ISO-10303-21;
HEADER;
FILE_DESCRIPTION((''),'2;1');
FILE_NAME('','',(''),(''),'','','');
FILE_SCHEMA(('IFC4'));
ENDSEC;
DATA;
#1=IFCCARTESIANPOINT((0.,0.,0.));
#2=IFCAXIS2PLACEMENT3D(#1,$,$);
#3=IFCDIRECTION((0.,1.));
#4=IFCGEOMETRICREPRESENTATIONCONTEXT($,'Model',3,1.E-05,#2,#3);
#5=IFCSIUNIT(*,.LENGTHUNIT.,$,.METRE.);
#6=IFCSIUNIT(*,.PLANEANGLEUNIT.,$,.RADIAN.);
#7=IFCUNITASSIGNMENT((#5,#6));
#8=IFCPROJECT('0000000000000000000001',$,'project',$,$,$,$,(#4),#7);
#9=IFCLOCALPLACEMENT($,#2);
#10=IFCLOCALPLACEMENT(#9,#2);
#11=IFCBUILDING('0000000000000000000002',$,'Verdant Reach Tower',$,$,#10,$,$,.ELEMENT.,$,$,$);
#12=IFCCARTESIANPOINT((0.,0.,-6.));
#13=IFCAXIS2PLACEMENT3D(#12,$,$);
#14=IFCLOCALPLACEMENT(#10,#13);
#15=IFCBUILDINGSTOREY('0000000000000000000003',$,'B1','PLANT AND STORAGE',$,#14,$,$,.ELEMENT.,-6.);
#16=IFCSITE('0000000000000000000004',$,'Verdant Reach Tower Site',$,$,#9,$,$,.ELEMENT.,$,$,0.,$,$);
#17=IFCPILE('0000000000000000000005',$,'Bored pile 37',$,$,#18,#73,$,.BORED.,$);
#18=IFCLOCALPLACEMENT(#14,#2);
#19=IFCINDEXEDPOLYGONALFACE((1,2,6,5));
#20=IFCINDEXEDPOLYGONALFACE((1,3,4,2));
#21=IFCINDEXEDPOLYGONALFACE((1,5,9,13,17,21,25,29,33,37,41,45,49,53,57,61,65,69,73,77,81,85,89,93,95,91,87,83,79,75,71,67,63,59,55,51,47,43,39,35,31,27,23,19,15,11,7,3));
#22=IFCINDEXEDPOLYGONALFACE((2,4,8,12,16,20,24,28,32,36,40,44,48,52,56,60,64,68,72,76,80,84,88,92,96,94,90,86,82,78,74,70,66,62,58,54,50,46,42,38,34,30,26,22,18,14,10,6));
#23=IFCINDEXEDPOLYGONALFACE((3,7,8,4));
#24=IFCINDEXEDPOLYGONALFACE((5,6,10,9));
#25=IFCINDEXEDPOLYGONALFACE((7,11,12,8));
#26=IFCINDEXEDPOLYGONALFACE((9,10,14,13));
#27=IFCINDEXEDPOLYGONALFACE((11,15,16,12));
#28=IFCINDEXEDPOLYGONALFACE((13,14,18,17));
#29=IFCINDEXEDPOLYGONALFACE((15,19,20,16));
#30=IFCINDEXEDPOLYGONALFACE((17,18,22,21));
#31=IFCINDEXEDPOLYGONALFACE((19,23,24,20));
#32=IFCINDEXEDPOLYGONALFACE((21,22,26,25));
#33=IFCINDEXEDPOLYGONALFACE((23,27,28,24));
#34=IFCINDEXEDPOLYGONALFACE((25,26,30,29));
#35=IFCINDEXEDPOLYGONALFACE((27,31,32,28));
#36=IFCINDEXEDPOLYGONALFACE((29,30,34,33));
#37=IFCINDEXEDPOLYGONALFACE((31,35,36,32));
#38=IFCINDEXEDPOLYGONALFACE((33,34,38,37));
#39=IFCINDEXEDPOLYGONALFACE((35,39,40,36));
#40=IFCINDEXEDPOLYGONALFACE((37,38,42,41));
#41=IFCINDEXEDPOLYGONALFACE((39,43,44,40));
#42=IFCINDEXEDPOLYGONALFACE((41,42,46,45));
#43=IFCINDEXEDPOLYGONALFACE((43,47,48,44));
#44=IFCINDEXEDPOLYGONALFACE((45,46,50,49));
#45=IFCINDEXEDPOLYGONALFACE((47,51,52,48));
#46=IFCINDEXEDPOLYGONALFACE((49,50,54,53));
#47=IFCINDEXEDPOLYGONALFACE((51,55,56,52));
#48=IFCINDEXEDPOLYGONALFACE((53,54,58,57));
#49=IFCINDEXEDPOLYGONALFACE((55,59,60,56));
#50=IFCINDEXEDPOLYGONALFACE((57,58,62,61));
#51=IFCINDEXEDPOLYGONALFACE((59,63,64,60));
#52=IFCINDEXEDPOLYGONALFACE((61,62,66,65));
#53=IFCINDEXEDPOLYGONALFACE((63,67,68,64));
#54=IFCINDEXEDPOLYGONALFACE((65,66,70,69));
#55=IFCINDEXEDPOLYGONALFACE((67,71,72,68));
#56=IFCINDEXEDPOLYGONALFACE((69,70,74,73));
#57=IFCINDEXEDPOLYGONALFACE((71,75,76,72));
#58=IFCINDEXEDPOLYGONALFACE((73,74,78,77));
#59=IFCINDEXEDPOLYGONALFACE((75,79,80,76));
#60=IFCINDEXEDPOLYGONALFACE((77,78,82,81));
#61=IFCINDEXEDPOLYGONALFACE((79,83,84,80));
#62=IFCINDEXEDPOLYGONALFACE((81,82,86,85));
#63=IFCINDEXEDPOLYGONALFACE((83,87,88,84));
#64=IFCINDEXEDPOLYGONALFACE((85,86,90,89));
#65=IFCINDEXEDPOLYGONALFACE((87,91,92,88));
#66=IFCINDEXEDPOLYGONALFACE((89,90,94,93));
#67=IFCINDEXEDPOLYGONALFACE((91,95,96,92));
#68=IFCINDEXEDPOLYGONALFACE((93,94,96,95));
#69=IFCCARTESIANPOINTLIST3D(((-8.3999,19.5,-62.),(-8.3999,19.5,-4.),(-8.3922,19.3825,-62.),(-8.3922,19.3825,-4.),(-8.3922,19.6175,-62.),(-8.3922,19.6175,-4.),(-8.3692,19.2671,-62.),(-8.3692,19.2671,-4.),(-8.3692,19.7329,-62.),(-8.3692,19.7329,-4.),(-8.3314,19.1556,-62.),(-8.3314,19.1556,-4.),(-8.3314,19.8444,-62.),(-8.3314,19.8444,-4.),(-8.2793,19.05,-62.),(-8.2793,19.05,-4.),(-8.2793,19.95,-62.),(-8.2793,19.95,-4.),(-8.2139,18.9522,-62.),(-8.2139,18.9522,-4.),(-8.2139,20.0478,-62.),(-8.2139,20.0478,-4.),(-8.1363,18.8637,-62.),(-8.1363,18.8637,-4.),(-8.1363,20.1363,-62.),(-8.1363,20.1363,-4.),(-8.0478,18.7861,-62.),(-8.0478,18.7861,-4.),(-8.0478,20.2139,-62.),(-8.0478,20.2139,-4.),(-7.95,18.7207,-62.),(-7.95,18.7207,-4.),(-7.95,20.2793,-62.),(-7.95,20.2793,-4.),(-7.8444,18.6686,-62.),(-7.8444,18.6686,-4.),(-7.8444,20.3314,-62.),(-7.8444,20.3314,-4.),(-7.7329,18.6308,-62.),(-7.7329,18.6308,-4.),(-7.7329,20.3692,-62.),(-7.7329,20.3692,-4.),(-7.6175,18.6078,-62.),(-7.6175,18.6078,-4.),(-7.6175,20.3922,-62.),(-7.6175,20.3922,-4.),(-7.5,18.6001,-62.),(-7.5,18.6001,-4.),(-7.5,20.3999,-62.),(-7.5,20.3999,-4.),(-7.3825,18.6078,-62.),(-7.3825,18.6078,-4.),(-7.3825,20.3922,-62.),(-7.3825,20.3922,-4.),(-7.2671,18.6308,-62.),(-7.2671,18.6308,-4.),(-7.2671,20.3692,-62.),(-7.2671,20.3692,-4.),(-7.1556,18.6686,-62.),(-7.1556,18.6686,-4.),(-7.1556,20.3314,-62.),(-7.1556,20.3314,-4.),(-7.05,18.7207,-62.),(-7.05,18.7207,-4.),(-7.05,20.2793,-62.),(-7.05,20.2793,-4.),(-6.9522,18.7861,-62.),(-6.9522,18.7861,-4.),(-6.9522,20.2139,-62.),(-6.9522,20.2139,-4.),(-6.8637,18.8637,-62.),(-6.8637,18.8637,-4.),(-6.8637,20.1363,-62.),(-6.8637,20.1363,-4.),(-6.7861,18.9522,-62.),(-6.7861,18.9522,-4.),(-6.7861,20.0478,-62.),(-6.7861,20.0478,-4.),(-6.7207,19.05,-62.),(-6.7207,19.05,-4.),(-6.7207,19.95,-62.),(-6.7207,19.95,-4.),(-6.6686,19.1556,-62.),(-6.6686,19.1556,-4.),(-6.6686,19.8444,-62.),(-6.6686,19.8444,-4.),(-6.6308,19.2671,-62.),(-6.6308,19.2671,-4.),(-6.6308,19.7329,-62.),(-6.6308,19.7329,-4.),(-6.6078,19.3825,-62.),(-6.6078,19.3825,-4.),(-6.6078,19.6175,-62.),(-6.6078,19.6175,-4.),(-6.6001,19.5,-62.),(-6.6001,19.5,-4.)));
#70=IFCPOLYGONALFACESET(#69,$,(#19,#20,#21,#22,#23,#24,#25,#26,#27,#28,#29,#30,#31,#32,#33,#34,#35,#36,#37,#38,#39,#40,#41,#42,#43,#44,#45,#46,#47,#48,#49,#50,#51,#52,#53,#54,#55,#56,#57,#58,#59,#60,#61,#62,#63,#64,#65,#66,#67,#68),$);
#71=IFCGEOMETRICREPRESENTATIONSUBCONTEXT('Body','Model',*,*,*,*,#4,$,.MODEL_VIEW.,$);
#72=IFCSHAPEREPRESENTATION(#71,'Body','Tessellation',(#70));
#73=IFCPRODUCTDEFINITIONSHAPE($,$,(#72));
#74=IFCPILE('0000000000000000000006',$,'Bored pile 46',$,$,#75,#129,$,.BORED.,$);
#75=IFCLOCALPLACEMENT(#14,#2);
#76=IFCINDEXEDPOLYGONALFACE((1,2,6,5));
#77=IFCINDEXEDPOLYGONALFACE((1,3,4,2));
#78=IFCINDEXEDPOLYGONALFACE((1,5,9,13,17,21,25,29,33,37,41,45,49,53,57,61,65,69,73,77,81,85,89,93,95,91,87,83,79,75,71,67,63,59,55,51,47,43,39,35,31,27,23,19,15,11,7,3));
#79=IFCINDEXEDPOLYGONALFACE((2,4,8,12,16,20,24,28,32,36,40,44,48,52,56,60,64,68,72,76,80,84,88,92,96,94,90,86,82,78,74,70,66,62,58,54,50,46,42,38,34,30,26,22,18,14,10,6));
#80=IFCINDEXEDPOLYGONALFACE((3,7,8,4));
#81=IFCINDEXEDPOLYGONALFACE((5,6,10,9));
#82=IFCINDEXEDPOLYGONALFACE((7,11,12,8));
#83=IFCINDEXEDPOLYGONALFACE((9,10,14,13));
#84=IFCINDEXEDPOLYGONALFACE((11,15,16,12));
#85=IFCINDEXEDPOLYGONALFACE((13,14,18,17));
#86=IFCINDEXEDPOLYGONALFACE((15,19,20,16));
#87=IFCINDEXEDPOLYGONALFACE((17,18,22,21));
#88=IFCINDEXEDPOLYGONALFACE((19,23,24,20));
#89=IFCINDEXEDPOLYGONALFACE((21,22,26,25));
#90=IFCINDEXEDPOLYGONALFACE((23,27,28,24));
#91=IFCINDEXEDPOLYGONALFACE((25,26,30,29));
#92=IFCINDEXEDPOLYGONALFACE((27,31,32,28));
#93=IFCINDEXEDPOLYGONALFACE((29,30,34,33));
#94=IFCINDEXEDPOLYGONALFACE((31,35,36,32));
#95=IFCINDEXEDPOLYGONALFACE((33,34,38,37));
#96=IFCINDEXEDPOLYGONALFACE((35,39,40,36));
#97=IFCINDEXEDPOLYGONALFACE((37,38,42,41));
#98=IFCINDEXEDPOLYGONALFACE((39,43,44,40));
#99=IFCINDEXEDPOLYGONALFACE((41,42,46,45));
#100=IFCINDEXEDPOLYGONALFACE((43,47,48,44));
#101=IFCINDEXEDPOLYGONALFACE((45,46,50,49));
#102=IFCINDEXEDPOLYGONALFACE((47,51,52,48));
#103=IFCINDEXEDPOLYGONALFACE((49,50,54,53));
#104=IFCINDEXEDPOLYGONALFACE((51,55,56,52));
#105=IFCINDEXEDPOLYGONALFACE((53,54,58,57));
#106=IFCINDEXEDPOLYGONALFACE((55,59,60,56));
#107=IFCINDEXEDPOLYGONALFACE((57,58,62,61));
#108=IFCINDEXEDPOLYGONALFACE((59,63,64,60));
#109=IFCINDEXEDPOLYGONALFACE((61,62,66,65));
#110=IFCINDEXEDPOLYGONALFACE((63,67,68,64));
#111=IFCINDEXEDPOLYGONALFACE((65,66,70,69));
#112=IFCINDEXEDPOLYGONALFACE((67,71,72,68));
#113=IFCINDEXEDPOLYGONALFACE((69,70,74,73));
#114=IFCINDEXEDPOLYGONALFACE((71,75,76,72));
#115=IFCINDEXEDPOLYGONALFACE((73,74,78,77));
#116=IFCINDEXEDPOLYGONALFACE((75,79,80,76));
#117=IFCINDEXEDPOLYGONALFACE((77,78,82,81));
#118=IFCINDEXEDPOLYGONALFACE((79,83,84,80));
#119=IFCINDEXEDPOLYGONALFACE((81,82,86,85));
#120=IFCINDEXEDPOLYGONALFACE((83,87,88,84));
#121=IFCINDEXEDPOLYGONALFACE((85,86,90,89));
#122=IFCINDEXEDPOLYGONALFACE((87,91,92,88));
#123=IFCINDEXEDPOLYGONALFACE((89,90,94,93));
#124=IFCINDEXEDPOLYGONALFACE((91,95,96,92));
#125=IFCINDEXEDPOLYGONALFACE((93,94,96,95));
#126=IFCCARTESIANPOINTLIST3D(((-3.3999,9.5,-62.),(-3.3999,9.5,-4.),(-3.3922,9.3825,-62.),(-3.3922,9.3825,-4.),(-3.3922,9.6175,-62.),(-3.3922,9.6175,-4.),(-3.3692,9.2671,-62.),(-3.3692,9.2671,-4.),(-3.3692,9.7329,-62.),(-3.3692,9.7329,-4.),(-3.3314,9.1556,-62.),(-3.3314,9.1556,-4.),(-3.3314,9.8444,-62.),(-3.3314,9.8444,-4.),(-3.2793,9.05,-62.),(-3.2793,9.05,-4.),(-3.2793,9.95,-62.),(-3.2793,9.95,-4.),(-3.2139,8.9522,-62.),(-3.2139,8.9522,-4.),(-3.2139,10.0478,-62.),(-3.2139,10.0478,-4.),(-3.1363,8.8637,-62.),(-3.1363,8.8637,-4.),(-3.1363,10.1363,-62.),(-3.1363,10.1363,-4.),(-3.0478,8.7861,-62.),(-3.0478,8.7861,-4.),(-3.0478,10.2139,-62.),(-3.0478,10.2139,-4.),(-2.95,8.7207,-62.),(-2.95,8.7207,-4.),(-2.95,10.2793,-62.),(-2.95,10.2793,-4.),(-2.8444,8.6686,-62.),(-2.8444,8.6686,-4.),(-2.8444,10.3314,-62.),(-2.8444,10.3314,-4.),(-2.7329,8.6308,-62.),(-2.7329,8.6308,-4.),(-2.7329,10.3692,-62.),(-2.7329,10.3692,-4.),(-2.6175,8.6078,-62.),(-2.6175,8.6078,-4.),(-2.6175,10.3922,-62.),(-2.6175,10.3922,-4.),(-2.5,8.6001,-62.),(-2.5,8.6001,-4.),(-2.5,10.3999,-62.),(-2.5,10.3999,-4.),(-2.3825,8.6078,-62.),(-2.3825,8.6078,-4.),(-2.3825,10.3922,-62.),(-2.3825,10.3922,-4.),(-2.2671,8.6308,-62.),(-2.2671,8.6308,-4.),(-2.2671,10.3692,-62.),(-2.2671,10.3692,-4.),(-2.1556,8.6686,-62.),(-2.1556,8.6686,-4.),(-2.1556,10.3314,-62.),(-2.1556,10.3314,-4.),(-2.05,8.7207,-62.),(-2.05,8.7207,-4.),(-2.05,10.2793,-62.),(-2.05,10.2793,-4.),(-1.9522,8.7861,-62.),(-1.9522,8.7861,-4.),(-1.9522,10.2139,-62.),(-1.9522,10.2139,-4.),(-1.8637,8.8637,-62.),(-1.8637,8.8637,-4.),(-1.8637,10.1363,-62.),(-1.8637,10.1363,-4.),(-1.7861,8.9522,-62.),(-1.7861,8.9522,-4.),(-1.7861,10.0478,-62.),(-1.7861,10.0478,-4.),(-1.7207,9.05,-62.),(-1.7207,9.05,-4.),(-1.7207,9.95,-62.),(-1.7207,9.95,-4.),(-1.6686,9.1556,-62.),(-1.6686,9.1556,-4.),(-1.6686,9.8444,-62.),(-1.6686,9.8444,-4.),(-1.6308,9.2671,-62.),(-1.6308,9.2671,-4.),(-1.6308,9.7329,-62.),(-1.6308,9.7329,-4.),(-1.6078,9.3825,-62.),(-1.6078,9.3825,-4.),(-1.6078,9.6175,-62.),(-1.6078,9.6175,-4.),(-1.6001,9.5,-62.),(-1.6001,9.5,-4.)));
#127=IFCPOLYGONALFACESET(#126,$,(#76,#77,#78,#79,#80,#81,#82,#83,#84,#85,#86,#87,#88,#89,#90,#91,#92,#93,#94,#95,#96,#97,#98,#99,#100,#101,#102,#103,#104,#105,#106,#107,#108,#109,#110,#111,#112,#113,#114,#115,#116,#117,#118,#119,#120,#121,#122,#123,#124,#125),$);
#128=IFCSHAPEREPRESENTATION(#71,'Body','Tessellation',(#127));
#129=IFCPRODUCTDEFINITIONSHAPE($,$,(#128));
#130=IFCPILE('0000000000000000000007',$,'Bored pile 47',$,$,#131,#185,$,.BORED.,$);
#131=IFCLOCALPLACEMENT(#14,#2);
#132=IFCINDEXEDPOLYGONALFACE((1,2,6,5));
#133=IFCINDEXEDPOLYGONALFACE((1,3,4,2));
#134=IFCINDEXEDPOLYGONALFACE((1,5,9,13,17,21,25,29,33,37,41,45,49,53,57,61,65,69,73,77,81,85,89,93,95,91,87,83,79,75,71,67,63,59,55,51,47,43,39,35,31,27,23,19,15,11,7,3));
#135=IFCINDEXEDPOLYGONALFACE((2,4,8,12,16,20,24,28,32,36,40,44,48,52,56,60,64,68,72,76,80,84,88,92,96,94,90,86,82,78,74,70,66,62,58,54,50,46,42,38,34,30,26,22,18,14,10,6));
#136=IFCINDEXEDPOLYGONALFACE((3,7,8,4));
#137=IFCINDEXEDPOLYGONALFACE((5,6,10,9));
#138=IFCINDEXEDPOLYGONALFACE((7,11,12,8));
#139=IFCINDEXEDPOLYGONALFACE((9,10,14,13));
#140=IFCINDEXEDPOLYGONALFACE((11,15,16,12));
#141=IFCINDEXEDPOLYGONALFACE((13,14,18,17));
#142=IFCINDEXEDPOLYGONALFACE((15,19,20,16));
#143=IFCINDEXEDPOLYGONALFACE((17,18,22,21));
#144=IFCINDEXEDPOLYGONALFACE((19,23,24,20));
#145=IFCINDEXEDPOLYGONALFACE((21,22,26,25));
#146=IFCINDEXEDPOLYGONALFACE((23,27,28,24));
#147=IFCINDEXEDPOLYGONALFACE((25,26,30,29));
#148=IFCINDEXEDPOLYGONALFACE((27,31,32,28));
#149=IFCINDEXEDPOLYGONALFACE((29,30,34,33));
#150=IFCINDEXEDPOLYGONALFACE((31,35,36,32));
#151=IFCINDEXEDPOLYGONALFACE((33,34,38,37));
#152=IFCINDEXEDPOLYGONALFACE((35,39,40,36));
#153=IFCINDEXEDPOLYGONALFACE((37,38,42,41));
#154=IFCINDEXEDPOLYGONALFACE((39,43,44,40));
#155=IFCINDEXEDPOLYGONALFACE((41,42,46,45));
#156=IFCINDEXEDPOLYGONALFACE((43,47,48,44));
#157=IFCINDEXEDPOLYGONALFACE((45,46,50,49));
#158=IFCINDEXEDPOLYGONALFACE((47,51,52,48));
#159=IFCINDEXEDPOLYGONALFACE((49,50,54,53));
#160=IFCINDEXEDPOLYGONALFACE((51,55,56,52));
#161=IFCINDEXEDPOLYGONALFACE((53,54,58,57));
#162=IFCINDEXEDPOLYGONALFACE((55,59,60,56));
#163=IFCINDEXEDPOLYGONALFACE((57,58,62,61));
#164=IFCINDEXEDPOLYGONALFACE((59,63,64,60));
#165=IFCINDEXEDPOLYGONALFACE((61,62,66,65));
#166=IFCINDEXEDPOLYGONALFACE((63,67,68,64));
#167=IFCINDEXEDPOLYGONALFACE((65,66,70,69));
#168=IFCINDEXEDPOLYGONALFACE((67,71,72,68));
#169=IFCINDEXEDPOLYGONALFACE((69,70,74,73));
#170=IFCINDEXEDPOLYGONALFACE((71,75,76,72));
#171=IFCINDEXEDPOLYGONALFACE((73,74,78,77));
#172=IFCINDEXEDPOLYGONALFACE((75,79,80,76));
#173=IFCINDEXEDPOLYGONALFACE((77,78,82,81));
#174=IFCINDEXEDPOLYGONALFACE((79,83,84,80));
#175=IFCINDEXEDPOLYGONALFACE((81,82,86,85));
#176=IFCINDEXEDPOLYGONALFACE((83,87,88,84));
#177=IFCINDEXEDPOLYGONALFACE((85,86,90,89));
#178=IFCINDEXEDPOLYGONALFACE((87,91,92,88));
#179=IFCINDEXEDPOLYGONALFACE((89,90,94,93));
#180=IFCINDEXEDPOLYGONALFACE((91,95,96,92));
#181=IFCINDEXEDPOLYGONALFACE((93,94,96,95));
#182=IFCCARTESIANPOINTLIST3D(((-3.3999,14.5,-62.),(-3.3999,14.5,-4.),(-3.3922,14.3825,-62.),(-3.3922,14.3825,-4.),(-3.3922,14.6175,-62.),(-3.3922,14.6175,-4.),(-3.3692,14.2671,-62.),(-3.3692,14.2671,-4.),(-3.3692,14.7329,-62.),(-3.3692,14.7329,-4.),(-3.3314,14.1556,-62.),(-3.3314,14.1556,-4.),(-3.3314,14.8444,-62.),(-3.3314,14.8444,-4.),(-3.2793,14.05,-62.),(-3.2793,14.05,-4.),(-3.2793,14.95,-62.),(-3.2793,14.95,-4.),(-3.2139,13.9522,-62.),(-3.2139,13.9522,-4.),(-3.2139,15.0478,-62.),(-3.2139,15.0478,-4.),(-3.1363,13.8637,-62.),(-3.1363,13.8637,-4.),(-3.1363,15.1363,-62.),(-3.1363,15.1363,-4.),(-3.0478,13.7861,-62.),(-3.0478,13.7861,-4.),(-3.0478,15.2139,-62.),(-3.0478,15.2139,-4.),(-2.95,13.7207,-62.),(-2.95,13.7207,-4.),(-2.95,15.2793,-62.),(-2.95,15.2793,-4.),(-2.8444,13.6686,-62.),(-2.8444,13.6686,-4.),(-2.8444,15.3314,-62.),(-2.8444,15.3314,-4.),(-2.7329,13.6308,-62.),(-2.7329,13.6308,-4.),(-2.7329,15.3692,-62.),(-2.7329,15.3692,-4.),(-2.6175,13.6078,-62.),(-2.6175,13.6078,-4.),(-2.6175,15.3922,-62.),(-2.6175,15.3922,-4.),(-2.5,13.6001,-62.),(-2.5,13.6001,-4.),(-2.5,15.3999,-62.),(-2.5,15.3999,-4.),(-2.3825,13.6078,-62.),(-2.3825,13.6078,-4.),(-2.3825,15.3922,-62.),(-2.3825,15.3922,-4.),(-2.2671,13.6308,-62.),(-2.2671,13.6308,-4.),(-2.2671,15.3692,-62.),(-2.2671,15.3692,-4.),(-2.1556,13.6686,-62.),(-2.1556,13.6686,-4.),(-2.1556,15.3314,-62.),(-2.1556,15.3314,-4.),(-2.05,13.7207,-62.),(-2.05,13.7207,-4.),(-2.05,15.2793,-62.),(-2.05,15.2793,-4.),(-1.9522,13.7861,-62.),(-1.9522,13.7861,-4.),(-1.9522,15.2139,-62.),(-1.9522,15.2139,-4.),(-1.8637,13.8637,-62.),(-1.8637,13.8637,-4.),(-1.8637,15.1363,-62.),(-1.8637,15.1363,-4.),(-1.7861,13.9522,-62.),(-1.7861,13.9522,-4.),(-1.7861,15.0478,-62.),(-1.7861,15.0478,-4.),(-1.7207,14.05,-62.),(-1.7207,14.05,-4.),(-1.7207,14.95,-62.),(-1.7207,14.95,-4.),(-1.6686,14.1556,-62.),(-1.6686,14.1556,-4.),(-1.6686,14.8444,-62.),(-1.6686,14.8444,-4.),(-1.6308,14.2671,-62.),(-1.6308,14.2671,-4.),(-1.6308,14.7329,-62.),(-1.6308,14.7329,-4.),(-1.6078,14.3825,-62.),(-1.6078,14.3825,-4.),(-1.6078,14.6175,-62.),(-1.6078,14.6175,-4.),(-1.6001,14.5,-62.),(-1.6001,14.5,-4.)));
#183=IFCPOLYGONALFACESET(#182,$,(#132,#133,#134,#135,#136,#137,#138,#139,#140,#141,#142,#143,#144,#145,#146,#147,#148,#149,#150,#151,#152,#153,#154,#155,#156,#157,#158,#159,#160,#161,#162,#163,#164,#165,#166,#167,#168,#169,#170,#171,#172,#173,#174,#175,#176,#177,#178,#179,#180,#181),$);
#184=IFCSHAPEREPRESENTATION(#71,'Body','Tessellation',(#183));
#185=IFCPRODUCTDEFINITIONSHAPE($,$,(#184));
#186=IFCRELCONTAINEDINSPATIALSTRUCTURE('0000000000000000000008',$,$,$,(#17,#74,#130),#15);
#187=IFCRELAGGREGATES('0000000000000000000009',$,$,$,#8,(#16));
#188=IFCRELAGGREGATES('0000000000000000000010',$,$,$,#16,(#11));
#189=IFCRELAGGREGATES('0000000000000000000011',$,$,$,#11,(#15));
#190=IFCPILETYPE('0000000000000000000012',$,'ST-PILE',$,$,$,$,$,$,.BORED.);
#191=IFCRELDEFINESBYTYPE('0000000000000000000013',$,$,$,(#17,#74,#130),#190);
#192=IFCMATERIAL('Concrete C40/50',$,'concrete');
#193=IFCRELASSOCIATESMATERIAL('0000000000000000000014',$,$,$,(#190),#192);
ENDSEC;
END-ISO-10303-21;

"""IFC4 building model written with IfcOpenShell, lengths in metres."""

from ifc_helpers import new_model, si_unit, direction, frame, origin, origin_2d, place, context, subcontext, project, spatial, circle, extrude, material, material_profile, profile_set, type_object, element, save


model = new_model("IFC4")

# Units and contexts
model_context = context("Model", 3, precision=1e-05, world=origin(), true_north=direction((0.0, 1.0)))
body_context = subcontext(model_context, "Body", "Model", "MODEL_VIEW")
ifc_project = project(units=[si_unit("LENGTHUNIT", "METRE"), si_unit("PLANEANGLEUNIT", "RADIAN")], contexts=[model_context])

# Site, building, storey
site_placement = place(None, origin())
site = spatial("IfcSite", under=ifc_project, at=site_placement, Name="Verdant Reach Tower Site", CompositionType="ELEMENT", RefElevation=0.0)
building_placement = place(site_placement, origin())
building = spatial("IfcBuilding", under=site, at=building_placement, Name="Verdant Reach Tower", CompositionType="ELEMENT")
storey_placement = place(building_placement, frame((0.0, 0.0, -6.0)))
storey = spatial("IfcBuildingStorey", under=building, at=storey_placement, Name="B1", Description="PLANT AND STORAGE", CompositionType="ELEMENT", Elevation=-6.0)

# Piles
ifc_material_1 = material(Name="Concrete C40/50", Category="concrete")
ifc_material_profile_1 = material_profile(ifc_material_1, circle(Radius=0.8999, at=origin_2d()), Name="BP 1800")
ifc_profile_set_1 = profile_set([ifc_material_profile_1], Name="Concrete C40/50")
pile_type = type_object("IfcPileType", Name="ST-PILE", PredefinedType="BORED", material=ifc_profile_set_1)
for number, where, z_axis, x_axis, name in (
    (1, (-7.5, 19.5, -4.0), (0.0, 0.0, -1.0), (1.0, 0.0, 0.0), "Bored pile 37"),
    (2, (-2.5, 9.5, -4.0), (0.0, 0.0, -1.0), (1.0, 0.0, 0.0), "Bored pile 46"),
    (3, (-2.5, 14.5, -4.0), (0.0, 0.0, -1.0), (1.0, 0.0, 0.0), "Bored pile 47"),
):
    element("IfcPile", number, at=place(storey_placement, frame(where, z_axis=z_axis, x_axis=x_axis)), inside=storey, type_object=pile_type, Name=name, PredefinedType="BORED", context=body_context, shape_type="SweptSolid", body=[
        extrude(circle(Radius=0.8999, at=origin_2d()), origin(), (0.0, 0.0, 1.0), 58.0),
    ])

save(model, "model.ifc")
